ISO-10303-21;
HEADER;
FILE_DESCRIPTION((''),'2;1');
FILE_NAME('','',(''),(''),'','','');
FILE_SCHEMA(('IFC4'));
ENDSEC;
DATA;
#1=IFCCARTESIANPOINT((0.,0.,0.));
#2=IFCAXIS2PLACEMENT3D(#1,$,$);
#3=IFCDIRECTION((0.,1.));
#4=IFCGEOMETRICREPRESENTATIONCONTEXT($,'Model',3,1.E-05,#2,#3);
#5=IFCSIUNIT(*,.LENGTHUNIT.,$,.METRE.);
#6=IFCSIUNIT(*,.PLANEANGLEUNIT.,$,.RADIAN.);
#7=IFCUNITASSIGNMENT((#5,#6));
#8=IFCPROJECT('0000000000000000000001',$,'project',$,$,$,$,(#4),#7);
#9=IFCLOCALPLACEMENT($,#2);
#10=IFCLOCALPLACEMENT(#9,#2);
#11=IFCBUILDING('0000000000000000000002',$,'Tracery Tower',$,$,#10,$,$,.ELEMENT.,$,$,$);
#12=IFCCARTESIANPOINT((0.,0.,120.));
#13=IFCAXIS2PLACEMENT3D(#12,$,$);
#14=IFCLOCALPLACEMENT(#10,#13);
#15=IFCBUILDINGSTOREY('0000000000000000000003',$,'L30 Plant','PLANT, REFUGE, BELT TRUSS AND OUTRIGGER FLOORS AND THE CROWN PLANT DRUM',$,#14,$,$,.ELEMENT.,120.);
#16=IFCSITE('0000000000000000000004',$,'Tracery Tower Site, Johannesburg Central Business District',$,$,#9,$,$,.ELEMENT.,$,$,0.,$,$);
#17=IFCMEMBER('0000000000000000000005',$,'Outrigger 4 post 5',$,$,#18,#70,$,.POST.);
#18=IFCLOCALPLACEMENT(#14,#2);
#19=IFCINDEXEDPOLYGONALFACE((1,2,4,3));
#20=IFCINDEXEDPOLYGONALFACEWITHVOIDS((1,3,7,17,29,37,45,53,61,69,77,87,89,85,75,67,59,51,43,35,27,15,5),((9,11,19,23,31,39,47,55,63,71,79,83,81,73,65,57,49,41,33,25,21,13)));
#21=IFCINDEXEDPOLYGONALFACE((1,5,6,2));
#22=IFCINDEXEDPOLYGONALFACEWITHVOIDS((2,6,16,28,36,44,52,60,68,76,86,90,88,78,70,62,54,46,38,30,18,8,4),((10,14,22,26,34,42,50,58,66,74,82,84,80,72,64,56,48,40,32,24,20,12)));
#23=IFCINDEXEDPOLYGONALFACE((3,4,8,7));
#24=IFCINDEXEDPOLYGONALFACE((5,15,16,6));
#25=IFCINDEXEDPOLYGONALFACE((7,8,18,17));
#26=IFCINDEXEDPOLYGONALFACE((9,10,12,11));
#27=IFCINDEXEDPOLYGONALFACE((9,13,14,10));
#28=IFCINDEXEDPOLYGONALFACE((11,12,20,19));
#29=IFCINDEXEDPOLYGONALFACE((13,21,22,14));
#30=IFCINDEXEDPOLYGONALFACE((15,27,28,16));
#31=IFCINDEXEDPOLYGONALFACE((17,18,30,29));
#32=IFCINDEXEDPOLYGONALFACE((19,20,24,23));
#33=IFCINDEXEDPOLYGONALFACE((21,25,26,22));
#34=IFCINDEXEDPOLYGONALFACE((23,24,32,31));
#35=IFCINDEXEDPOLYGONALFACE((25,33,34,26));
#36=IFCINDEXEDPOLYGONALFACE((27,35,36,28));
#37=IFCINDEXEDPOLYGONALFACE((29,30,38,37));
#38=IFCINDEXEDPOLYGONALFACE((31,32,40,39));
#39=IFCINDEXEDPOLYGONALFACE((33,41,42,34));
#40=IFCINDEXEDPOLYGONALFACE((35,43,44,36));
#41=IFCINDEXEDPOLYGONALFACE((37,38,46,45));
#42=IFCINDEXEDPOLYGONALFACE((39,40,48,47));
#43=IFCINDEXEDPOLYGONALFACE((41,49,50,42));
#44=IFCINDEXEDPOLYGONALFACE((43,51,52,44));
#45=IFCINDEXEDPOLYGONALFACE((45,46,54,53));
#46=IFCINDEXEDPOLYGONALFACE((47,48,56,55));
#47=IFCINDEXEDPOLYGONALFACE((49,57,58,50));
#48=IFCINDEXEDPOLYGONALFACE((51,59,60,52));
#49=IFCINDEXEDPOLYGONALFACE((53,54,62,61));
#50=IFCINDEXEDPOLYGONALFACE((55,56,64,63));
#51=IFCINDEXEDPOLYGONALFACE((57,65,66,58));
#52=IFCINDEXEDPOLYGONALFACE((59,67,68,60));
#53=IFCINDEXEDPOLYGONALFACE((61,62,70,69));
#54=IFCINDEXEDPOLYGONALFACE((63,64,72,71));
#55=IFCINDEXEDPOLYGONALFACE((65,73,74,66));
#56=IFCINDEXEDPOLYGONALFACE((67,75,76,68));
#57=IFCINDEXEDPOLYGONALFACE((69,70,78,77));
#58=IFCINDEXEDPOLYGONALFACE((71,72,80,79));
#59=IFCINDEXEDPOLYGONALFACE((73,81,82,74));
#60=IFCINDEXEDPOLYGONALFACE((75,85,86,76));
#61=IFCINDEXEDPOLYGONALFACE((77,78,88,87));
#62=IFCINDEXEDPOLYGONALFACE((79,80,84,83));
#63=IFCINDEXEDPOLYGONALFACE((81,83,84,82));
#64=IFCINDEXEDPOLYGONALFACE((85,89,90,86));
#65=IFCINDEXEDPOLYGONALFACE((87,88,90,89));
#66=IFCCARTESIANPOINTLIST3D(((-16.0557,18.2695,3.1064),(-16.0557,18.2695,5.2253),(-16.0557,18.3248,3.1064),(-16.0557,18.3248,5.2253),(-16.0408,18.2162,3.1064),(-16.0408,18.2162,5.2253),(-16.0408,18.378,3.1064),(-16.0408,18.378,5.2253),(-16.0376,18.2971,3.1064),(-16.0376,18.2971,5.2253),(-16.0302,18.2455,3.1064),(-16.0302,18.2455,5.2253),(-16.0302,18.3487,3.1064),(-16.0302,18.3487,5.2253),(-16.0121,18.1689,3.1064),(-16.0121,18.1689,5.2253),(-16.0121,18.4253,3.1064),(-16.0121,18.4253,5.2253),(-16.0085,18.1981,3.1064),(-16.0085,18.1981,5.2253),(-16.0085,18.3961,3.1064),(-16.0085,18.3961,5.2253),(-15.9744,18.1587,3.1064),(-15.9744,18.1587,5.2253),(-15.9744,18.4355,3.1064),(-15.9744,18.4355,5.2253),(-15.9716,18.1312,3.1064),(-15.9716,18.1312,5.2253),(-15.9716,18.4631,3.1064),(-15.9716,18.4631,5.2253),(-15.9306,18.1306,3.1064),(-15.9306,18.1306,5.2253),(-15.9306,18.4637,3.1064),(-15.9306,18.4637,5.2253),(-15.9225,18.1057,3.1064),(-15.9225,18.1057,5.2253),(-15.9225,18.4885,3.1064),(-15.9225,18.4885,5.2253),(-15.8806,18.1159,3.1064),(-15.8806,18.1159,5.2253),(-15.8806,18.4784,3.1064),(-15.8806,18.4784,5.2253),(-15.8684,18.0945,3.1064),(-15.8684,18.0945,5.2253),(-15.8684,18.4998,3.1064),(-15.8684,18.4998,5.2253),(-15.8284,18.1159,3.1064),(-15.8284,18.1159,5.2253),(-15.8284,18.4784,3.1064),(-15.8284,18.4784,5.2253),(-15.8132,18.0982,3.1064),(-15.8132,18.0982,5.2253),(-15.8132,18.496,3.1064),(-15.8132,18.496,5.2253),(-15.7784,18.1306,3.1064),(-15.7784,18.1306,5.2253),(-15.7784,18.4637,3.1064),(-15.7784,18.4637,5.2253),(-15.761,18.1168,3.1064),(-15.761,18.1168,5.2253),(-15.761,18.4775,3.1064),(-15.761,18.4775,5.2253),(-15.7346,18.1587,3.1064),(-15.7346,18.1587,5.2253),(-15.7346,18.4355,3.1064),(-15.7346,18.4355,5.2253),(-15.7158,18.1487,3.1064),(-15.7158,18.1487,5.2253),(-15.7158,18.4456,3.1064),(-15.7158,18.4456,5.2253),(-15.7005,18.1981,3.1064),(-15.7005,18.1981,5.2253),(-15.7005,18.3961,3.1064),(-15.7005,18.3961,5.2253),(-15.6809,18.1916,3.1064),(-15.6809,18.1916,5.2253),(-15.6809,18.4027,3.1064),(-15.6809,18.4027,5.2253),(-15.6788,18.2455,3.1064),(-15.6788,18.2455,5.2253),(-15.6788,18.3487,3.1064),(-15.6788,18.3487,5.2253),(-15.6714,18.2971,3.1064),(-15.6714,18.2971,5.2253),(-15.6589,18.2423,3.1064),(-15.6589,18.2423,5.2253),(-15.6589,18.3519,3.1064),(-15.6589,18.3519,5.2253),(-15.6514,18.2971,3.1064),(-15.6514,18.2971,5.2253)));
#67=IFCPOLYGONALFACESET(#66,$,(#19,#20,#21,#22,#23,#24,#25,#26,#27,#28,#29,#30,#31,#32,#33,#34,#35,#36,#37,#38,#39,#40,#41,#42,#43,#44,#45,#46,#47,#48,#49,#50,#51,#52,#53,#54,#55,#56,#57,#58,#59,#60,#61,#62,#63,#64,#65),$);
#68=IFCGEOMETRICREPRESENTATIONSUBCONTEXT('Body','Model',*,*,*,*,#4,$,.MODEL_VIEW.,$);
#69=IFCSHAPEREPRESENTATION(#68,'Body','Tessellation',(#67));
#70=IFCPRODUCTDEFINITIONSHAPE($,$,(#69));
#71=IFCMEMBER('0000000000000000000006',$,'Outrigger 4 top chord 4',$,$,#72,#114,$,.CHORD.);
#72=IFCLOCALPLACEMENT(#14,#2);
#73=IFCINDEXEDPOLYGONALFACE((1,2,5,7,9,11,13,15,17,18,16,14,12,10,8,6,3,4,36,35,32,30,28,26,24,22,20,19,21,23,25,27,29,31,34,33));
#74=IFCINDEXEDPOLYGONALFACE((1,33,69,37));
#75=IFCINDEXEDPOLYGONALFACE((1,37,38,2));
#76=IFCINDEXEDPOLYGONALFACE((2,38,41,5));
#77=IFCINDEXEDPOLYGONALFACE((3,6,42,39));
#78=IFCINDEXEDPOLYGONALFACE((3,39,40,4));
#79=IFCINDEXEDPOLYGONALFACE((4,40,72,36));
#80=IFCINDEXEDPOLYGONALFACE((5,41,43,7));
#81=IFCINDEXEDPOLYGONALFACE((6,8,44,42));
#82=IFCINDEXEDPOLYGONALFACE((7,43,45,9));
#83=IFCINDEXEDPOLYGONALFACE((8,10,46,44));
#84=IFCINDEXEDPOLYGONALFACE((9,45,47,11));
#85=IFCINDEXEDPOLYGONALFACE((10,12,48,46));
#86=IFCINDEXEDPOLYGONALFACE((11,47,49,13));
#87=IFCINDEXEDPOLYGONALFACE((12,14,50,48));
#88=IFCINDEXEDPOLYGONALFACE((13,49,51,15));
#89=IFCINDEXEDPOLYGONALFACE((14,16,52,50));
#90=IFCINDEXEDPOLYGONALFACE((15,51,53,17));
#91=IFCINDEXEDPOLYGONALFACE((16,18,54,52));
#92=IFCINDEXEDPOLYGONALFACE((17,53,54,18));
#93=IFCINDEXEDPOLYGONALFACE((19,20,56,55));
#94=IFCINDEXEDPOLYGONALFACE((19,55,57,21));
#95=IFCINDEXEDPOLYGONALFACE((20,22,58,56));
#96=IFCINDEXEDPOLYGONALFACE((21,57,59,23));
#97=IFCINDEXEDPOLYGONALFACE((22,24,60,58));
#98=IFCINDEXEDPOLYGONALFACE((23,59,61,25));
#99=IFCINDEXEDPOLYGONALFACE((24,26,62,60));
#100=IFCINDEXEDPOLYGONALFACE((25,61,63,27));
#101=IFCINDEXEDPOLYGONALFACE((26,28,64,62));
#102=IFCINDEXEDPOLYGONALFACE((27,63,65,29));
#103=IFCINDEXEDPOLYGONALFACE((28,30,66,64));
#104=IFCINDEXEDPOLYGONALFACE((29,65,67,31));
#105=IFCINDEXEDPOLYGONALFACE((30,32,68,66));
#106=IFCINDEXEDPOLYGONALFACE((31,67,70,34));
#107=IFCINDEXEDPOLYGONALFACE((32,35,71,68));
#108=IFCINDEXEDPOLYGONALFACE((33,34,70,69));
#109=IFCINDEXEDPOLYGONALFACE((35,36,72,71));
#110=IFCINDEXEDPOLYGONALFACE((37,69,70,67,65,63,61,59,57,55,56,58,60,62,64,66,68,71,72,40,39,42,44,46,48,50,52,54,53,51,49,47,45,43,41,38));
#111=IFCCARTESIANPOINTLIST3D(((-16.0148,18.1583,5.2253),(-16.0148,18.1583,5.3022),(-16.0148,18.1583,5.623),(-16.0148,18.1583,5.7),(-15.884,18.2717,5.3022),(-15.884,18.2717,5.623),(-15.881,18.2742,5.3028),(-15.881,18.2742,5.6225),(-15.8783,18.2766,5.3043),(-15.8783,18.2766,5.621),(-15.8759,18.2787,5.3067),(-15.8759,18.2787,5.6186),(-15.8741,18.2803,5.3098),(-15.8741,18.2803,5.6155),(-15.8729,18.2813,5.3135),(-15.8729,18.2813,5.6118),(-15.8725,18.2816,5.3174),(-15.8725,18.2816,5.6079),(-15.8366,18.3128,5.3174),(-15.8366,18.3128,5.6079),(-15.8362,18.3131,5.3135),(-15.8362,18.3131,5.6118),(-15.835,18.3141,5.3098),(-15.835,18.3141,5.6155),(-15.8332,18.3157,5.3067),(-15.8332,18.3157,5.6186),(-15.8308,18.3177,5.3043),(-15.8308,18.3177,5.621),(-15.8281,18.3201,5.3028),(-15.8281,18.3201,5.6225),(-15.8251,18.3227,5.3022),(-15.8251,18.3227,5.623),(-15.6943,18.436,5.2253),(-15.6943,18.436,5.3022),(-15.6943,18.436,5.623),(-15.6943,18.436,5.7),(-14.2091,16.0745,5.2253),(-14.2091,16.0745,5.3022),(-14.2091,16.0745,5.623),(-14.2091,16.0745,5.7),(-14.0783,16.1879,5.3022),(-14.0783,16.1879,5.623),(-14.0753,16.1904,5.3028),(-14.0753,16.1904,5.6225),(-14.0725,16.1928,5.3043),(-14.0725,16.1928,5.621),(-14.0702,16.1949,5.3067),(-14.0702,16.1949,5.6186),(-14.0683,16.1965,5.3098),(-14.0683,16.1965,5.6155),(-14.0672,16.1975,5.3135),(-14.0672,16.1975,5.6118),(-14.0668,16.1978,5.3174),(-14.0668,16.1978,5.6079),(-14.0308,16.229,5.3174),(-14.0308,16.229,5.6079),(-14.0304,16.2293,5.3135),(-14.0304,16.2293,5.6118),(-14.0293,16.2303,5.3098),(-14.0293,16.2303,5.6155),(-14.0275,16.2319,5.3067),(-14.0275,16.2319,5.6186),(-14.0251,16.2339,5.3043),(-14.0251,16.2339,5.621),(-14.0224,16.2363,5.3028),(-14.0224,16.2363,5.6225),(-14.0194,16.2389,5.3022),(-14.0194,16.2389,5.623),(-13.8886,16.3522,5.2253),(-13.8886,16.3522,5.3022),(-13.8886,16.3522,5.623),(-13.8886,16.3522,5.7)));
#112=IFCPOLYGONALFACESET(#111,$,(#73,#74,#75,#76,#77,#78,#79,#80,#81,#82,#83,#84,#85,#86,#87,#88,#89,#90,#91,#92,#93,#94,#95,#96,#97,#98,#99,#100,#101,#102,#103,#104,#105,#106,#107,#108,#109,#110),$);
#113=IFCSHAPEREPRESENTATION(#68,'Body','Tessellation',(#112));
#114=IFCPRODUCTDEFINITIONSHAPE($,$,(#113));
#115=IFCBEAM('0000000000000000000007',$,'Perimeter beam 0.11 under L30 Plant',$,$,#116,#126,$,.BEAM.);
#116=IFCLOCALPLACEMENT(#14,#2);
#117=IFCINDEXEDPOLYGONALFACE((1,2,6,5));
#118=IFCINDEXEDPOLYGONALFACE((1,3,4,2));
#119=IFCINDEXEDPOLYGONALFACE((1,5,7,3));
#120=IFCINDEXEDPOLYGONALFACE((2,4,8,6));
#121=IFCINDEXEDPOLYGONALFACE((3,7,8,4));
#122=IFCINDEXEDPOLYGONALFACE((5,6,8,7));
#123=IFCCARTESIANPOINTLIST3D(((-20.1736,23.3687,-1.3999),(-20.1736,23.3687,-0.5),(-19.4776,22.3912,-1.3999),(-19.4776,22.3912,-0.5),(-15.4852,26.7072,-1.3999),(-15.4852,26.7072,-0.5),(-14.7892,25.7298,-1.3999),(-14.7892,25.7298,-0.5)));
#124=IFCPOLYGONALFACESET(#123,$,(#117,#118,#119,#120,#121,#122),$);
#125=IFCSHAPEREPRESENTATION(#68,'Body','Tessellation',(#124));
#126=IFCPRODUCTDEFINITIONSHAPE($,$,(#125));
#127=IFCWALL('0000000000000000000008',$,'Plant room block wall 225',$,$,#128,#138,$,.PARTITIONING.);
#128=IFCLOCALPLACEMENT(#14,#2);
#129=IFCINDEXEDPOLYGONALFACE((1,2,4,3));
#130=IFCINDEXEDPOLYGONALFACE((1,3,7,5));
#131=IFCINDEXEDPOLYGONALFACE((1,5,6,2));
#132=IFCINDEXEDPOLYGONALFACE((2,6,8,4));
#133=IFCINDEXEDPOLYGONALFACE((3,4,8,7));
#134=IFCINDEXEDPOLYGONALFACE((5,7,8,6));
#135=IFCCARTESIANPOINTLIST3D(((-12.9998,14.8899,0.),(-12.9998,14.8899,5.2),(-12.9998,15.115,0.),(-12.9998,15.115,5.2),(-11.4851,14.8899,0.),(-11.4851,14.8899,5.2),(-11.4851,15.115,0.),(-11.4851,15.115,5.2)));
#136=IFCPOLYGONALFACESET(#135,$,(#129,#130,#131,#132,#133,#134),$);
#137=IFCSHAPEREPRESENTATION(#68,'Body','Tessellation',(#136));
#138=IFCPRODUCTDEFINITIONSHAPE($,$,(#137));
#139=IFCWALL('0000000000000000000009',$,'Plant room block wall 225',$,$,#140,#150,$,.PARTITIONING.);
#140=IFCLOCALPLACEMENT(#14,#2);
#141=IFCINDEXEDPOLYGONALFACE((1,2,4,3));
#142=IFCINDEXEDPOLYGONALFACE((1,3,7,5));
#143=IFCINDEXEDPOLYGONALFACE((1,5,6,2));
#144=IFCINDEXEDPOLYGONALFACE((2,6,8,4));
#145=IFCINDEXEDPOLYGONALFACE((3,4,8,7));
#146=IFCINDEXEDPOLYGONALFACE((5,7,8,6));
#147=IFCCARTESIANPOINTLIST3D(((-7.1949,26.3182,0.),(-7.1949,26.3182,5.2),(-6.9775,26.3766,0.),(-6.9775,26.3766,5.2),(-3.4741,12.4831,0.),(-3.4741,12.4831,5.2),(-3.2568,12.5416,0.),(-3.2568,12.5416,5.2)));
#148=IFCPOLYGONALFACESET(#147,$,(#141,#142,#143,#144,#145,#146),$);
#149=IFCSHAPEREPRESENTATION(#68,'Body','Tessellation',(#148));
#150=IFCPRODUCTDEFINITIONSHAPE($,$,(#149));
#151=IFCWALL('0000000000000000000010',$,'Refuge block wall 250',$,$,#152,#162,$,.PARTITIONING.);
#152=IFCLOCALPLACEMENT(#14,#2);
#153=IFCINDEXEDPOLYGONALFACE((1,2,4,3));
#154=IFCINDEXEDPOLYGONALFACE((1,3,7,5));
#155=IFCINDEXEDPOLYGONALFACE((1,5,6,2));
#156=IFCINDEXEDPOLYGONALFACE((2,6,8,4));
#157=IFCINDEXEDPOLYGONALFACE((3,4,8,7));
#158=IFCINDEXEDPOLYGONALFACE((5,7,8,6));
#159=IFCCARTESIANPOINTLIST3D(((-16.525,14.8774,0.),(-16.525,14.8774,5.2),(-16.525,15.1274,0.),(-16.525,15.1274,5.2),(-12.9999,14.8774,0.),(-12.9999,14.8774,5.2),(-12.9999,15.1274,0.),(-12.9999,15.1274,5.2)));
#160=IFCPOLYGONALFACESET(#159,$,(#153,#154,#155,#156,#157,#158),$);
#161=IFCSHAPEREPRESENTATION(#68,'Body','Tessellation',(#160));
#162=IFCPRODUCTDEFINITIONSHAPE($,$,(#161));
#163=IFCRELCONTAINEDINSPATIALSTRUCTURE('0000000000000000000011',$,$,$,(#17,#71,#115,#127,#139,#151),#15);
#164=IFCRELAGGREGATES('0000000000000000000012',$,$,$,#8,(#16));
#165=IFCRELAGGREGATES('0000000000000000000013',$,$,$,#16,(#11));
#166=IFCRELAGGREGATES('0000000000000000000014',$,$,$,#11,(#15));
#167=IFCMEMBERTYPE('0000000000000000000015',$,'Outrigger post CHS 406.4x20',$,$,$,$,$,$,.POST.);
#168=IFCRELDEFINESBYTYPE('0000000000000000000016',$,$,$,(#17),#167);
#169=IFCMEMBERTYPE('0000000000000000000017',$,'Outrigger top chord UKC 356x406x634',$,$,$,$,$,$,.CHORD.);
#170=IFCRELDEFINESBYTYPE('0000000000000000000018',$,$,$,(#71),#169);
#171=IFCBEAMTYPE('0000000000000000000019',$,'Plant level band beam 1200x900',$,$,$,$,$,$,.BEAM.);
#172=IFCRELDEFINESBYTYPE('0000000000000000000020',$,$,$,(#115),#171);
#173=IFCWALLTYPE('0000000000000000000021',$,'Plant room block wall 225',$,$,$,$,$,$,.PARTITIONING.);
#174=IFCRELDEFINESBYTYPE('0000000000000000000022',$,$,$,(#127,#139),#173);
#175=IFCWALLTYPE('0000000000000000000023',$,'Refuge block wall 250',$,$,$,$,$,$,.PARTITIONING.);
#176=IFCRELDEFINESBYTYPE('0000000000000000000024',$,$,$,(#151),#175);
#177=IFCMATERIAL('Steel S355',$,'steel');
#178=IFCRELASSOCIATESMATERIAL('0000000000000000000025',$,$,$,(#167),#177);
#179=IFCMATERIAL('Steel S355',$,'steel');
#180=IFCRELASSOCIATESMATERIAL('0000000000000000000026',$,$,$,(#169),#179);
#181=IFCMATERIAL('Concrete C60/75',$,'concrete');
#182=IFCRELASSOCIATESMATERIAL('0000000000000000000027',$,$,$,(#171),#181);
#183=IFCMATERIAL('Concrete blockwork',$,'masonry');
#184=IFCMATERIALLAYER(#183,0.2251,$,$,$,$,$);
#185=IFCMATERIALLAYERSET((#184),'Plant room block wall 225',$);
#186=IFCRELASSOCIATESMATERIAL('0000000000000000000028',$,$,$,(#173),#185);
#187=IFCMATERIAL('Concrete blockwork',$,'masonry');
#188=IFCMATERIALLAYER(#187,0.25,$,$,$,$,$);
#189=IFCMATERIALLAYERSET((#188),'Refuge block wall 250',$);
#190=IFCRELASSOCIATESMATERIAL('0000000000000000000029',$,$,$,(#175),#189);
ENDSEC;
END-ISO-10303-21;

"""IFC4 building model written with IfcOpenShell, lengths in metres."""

from ifc_helpers import new_model, si_unit, direction, frame, frame_2d, origin, origin_2d, place, context, subcontext, project, spatial, rectangle, hollow_circle, i_section, extrude, material, layer, layer_set, material_profile, profile_set, type_object, element, save


model = new_model("IFC4")

# Units and contexts
model_context = context("Model", 3, precision=1e-05, world=origin(), true_north=direction((0.0, 1.0)))
body_context = subcontext(model_context, "Body", "Model", "MODEL_VIEW")
ifc_project = project(units=[si_unit("LENGTHUNIT", "METRE"), si_unit("PLANEANGLEUNIT", "RADIAN")], contexts=[model_context])

# Site, building, storey
site_placement = place(None, origin())
site = spatial("IfcSite", under=ifc_project, at=site_placement, Name="Tracery Tower Site, Johannesburg Central Business District", CompositionType="ELEMENT", RefElevation=0.0)
building_placement = place(site_placement, origin())
building = spatial("IfcBuilding", under=site, at=building_placement, Name="Tracery Tower", CompositionType="ELEMENT")
storey_placement = place(building_placement, frame((0.0, 0.0, 120.0)))
storey = spatial("IfcBuildingStorey", under=building, at=storey_placement, Name="L30 Plant", Description="PLANT, REFUGE, BELT TRUSS AND OUTRIGGER FLOORS AND THE CROWN PLANT DRUM", CompositionType="ELEMENT", Elevation=120.0)

# Members
ifc_material_1 = material(Name="Steel S355", Category="steel")
ifc_material_profile_1 = material_profile(ifc_material_1, hollow_circle(Radius=0.2031, WallThickness=0.02, at=origin_2d()), Name="CHS 406.4x20")
ifc_profile_set_1 = profile_set([ifc_material_profile_1], Name="Steel S355")
member_type_1 = type_object("IfcMemberType", Name="Outrigger post CHS 406.4x20", PredefinedType="POST", material=ifc_profile_set_1)
for number, where, z_axis, x_axis, name in (
    (1, (-15.8545, 18.2971, 3.1064), (0.0, 0.0, 1.0), (1.0, 0.0, 0.0), "Outrigger 4 post 5"),
):
    element("IfcMember", number, at=place(storey_placement, frame(where, z_axis=z_axis, x_axis=x_axis)), inside=storey, type_object=member_type_1, Name=name, PredefinedType="POST", context=body_context, shape_type="SweptSolid", body=[
        extrude(hollow_circle(Radius=0.2031, WallThickness=0.02, at=origin_2d()), origin(), (0.0, 0.0, 1.0), 2.1189),
    ])
ifc_material_2 = material(Name="Steel S355", Category="steel")
ifc_material_profile_2 = material_profile(ifc_material_2, i_section(OverallWidth=0.4241, OverallDepth=0.4746, WebThickness=0.0476, FlangeThickness=0.0769, FilletRadius=0.0151, at=origin_2d()), Name="UKC 356x406x634")
ifc_profile_set_2 = profile_set([ifc_material_profile_2], Name="Steel S355")
member_type_2 = type_object("IfcMemberType", Name="Outrigger top chord UKC 356x406x634", PredefinedType="CHORD", material=ifc_profile_set_2)
member_1_placement = place(storey_placement, frame((-14.0488, 16.2134, 5.4626), z_axis=(-0.65488, 0.755733, 0.0), x_axis=(-0.755733, -0.65488, 0.0)))
element("IfcMember", 2, at=member_1_placement, inside=storey, type_object=member_type_2, Name="Outrigger 4 top chord 4", PredefinedType="CHORD", context=body_context, shape_type="SweptSolid", body=[
    extrude(i_section(OverallWidth=0.4241, OverallDepth=0.4746, WebThickness=0.0476, FlangeThickness=0.0769, FilletRadius=0.0151, at=origin_2d()), origin(), (0.0, 0.0, 1.0), 2.7573),
])

# Beam
ifc_material_3 = material(Name="Concrete C60/75", Category="concrete")
ifc_material_profile_3 = material_profile(ifc_material_3, rectangle(XDim=1.2, YDim=0.8999, at=origin_2d()), Name="RC 1200x900")
ifc_profile_set_3 = profile_set([ifc_material_profile_3], Name="Concrete C60/75")
beam_type = type_object("IfcBeamType", Name="Plant level band beam 1200x900", PredefinedType="BEAM", material=ifc_profile_set_3)
beam_placement = place(storey_placement, frame((-15.1372, 26.2185, -0.95), z_axis=(-0.814578, -0.580054, 0.0), x_axis=(0.580054, -0.814578, 0.0)))
element("IfcBeam", 3, at=beam_placement, inside=storey, type_object=beam_type, Name="Perimeter beam 0.11 under L30 Plant", PredefinedType="BEAM", context=body_context, shape_type="SweptSolid", body=[
    extrude(rectangle(XDim=1.2, YDim=0.8999, at=origin_2d()), origin(), (0.0, 0.0, 1.0), 5.7556),
])

# Walls
ifc_material_4 = material(Name="Concrete blockwork", Category="masonry")
ifc_layer_1 = layer(ifc_material_4, 0.2251)
ifc_layer_set_1 = layer_set([ifc_layer_1], Name="Plant room block wall 225")
wall_type_1 = type_object("IfcWallType", Name="Plant room block wall 225", PredefinedType="PARTITIONING", material=ifc_layer_set_1)
wall_1_placement = place(storey_placement, frame((-11.4851, 15.0024, 0.0), z_axis=(0.0, 0.0, 1.0), x_axis=(-1.0, 0.0, 0.0)))
element("IfcWall", 4, at=wall_1_placement, inside=storey, type_object=wall_type_1, Name="Plant room block wall 225", PredefinedType="PARTITIONING", context=body_context, shape_type="SweptSolid", body=[
    extrude(rectangle(XDim=1.5146, YDim=0.2251, at=frame_2d((0.7573, 0.0))), origin(), (0.0, 0.0, 1.0), 5.2),
])
wall_2_placement = place(storey_placement, frame((-7.0862, 26.3474, 0.0), z_axis=(0.0, 0.0, 1.0), x_axis=(0.259707, -0.965687, 0.0)))
element("IfcWall", 5, at=wall_2_placement, inside=storey, type_object=wall_type_1, Name="Plant room block wall 225", PredefinedType="PARTITIONING", context=body_context, shape_type="SweptSolid", body=[
    extrude(rectangle(XDim=14.3267, YDim=0.2251, at=frame_2d((7.1633, 0.0))), origin(), (0.0, 0.0, 1.0), 5.2),
])
ifc_material_5 = material(Name="Concrete blockwork", Category="masonry")
ifc_layer_2 = layer(ifc_material_5, 0.25)
ifc_layer_set_2 = layer_set([ifc_layer_2], Name="Refuge block wall 250")
wall_type_2 = type_object("IfcWallType", Name="Refuge block wall 250", PredefinedType="PARTITIONING", material=ifc_layer_set_2)
wall_3_placement = place(storey_placement, frame((-12.9998, 15.0024, 0.0), z_axis=(0.0, 0.0, 1.0), x_axis=(-1.0, 0.0, 0.0)))
element("IfcWall", 6, at=wall_3_placement, inside=storey, type_object=wall_type_2, Name="Refuge block wall 250", PredefinedType="PARTITIONING", context=body_context, shape_type="SweptSolid", body=[
    extrude(rectangle(XDim=3.5251, YDim=0.25, at=frame_2d((1.7627, 0.0))), origin(), (0.0, 0.0, 1.0), 5.2),
])

save(model, "model.ifc")
